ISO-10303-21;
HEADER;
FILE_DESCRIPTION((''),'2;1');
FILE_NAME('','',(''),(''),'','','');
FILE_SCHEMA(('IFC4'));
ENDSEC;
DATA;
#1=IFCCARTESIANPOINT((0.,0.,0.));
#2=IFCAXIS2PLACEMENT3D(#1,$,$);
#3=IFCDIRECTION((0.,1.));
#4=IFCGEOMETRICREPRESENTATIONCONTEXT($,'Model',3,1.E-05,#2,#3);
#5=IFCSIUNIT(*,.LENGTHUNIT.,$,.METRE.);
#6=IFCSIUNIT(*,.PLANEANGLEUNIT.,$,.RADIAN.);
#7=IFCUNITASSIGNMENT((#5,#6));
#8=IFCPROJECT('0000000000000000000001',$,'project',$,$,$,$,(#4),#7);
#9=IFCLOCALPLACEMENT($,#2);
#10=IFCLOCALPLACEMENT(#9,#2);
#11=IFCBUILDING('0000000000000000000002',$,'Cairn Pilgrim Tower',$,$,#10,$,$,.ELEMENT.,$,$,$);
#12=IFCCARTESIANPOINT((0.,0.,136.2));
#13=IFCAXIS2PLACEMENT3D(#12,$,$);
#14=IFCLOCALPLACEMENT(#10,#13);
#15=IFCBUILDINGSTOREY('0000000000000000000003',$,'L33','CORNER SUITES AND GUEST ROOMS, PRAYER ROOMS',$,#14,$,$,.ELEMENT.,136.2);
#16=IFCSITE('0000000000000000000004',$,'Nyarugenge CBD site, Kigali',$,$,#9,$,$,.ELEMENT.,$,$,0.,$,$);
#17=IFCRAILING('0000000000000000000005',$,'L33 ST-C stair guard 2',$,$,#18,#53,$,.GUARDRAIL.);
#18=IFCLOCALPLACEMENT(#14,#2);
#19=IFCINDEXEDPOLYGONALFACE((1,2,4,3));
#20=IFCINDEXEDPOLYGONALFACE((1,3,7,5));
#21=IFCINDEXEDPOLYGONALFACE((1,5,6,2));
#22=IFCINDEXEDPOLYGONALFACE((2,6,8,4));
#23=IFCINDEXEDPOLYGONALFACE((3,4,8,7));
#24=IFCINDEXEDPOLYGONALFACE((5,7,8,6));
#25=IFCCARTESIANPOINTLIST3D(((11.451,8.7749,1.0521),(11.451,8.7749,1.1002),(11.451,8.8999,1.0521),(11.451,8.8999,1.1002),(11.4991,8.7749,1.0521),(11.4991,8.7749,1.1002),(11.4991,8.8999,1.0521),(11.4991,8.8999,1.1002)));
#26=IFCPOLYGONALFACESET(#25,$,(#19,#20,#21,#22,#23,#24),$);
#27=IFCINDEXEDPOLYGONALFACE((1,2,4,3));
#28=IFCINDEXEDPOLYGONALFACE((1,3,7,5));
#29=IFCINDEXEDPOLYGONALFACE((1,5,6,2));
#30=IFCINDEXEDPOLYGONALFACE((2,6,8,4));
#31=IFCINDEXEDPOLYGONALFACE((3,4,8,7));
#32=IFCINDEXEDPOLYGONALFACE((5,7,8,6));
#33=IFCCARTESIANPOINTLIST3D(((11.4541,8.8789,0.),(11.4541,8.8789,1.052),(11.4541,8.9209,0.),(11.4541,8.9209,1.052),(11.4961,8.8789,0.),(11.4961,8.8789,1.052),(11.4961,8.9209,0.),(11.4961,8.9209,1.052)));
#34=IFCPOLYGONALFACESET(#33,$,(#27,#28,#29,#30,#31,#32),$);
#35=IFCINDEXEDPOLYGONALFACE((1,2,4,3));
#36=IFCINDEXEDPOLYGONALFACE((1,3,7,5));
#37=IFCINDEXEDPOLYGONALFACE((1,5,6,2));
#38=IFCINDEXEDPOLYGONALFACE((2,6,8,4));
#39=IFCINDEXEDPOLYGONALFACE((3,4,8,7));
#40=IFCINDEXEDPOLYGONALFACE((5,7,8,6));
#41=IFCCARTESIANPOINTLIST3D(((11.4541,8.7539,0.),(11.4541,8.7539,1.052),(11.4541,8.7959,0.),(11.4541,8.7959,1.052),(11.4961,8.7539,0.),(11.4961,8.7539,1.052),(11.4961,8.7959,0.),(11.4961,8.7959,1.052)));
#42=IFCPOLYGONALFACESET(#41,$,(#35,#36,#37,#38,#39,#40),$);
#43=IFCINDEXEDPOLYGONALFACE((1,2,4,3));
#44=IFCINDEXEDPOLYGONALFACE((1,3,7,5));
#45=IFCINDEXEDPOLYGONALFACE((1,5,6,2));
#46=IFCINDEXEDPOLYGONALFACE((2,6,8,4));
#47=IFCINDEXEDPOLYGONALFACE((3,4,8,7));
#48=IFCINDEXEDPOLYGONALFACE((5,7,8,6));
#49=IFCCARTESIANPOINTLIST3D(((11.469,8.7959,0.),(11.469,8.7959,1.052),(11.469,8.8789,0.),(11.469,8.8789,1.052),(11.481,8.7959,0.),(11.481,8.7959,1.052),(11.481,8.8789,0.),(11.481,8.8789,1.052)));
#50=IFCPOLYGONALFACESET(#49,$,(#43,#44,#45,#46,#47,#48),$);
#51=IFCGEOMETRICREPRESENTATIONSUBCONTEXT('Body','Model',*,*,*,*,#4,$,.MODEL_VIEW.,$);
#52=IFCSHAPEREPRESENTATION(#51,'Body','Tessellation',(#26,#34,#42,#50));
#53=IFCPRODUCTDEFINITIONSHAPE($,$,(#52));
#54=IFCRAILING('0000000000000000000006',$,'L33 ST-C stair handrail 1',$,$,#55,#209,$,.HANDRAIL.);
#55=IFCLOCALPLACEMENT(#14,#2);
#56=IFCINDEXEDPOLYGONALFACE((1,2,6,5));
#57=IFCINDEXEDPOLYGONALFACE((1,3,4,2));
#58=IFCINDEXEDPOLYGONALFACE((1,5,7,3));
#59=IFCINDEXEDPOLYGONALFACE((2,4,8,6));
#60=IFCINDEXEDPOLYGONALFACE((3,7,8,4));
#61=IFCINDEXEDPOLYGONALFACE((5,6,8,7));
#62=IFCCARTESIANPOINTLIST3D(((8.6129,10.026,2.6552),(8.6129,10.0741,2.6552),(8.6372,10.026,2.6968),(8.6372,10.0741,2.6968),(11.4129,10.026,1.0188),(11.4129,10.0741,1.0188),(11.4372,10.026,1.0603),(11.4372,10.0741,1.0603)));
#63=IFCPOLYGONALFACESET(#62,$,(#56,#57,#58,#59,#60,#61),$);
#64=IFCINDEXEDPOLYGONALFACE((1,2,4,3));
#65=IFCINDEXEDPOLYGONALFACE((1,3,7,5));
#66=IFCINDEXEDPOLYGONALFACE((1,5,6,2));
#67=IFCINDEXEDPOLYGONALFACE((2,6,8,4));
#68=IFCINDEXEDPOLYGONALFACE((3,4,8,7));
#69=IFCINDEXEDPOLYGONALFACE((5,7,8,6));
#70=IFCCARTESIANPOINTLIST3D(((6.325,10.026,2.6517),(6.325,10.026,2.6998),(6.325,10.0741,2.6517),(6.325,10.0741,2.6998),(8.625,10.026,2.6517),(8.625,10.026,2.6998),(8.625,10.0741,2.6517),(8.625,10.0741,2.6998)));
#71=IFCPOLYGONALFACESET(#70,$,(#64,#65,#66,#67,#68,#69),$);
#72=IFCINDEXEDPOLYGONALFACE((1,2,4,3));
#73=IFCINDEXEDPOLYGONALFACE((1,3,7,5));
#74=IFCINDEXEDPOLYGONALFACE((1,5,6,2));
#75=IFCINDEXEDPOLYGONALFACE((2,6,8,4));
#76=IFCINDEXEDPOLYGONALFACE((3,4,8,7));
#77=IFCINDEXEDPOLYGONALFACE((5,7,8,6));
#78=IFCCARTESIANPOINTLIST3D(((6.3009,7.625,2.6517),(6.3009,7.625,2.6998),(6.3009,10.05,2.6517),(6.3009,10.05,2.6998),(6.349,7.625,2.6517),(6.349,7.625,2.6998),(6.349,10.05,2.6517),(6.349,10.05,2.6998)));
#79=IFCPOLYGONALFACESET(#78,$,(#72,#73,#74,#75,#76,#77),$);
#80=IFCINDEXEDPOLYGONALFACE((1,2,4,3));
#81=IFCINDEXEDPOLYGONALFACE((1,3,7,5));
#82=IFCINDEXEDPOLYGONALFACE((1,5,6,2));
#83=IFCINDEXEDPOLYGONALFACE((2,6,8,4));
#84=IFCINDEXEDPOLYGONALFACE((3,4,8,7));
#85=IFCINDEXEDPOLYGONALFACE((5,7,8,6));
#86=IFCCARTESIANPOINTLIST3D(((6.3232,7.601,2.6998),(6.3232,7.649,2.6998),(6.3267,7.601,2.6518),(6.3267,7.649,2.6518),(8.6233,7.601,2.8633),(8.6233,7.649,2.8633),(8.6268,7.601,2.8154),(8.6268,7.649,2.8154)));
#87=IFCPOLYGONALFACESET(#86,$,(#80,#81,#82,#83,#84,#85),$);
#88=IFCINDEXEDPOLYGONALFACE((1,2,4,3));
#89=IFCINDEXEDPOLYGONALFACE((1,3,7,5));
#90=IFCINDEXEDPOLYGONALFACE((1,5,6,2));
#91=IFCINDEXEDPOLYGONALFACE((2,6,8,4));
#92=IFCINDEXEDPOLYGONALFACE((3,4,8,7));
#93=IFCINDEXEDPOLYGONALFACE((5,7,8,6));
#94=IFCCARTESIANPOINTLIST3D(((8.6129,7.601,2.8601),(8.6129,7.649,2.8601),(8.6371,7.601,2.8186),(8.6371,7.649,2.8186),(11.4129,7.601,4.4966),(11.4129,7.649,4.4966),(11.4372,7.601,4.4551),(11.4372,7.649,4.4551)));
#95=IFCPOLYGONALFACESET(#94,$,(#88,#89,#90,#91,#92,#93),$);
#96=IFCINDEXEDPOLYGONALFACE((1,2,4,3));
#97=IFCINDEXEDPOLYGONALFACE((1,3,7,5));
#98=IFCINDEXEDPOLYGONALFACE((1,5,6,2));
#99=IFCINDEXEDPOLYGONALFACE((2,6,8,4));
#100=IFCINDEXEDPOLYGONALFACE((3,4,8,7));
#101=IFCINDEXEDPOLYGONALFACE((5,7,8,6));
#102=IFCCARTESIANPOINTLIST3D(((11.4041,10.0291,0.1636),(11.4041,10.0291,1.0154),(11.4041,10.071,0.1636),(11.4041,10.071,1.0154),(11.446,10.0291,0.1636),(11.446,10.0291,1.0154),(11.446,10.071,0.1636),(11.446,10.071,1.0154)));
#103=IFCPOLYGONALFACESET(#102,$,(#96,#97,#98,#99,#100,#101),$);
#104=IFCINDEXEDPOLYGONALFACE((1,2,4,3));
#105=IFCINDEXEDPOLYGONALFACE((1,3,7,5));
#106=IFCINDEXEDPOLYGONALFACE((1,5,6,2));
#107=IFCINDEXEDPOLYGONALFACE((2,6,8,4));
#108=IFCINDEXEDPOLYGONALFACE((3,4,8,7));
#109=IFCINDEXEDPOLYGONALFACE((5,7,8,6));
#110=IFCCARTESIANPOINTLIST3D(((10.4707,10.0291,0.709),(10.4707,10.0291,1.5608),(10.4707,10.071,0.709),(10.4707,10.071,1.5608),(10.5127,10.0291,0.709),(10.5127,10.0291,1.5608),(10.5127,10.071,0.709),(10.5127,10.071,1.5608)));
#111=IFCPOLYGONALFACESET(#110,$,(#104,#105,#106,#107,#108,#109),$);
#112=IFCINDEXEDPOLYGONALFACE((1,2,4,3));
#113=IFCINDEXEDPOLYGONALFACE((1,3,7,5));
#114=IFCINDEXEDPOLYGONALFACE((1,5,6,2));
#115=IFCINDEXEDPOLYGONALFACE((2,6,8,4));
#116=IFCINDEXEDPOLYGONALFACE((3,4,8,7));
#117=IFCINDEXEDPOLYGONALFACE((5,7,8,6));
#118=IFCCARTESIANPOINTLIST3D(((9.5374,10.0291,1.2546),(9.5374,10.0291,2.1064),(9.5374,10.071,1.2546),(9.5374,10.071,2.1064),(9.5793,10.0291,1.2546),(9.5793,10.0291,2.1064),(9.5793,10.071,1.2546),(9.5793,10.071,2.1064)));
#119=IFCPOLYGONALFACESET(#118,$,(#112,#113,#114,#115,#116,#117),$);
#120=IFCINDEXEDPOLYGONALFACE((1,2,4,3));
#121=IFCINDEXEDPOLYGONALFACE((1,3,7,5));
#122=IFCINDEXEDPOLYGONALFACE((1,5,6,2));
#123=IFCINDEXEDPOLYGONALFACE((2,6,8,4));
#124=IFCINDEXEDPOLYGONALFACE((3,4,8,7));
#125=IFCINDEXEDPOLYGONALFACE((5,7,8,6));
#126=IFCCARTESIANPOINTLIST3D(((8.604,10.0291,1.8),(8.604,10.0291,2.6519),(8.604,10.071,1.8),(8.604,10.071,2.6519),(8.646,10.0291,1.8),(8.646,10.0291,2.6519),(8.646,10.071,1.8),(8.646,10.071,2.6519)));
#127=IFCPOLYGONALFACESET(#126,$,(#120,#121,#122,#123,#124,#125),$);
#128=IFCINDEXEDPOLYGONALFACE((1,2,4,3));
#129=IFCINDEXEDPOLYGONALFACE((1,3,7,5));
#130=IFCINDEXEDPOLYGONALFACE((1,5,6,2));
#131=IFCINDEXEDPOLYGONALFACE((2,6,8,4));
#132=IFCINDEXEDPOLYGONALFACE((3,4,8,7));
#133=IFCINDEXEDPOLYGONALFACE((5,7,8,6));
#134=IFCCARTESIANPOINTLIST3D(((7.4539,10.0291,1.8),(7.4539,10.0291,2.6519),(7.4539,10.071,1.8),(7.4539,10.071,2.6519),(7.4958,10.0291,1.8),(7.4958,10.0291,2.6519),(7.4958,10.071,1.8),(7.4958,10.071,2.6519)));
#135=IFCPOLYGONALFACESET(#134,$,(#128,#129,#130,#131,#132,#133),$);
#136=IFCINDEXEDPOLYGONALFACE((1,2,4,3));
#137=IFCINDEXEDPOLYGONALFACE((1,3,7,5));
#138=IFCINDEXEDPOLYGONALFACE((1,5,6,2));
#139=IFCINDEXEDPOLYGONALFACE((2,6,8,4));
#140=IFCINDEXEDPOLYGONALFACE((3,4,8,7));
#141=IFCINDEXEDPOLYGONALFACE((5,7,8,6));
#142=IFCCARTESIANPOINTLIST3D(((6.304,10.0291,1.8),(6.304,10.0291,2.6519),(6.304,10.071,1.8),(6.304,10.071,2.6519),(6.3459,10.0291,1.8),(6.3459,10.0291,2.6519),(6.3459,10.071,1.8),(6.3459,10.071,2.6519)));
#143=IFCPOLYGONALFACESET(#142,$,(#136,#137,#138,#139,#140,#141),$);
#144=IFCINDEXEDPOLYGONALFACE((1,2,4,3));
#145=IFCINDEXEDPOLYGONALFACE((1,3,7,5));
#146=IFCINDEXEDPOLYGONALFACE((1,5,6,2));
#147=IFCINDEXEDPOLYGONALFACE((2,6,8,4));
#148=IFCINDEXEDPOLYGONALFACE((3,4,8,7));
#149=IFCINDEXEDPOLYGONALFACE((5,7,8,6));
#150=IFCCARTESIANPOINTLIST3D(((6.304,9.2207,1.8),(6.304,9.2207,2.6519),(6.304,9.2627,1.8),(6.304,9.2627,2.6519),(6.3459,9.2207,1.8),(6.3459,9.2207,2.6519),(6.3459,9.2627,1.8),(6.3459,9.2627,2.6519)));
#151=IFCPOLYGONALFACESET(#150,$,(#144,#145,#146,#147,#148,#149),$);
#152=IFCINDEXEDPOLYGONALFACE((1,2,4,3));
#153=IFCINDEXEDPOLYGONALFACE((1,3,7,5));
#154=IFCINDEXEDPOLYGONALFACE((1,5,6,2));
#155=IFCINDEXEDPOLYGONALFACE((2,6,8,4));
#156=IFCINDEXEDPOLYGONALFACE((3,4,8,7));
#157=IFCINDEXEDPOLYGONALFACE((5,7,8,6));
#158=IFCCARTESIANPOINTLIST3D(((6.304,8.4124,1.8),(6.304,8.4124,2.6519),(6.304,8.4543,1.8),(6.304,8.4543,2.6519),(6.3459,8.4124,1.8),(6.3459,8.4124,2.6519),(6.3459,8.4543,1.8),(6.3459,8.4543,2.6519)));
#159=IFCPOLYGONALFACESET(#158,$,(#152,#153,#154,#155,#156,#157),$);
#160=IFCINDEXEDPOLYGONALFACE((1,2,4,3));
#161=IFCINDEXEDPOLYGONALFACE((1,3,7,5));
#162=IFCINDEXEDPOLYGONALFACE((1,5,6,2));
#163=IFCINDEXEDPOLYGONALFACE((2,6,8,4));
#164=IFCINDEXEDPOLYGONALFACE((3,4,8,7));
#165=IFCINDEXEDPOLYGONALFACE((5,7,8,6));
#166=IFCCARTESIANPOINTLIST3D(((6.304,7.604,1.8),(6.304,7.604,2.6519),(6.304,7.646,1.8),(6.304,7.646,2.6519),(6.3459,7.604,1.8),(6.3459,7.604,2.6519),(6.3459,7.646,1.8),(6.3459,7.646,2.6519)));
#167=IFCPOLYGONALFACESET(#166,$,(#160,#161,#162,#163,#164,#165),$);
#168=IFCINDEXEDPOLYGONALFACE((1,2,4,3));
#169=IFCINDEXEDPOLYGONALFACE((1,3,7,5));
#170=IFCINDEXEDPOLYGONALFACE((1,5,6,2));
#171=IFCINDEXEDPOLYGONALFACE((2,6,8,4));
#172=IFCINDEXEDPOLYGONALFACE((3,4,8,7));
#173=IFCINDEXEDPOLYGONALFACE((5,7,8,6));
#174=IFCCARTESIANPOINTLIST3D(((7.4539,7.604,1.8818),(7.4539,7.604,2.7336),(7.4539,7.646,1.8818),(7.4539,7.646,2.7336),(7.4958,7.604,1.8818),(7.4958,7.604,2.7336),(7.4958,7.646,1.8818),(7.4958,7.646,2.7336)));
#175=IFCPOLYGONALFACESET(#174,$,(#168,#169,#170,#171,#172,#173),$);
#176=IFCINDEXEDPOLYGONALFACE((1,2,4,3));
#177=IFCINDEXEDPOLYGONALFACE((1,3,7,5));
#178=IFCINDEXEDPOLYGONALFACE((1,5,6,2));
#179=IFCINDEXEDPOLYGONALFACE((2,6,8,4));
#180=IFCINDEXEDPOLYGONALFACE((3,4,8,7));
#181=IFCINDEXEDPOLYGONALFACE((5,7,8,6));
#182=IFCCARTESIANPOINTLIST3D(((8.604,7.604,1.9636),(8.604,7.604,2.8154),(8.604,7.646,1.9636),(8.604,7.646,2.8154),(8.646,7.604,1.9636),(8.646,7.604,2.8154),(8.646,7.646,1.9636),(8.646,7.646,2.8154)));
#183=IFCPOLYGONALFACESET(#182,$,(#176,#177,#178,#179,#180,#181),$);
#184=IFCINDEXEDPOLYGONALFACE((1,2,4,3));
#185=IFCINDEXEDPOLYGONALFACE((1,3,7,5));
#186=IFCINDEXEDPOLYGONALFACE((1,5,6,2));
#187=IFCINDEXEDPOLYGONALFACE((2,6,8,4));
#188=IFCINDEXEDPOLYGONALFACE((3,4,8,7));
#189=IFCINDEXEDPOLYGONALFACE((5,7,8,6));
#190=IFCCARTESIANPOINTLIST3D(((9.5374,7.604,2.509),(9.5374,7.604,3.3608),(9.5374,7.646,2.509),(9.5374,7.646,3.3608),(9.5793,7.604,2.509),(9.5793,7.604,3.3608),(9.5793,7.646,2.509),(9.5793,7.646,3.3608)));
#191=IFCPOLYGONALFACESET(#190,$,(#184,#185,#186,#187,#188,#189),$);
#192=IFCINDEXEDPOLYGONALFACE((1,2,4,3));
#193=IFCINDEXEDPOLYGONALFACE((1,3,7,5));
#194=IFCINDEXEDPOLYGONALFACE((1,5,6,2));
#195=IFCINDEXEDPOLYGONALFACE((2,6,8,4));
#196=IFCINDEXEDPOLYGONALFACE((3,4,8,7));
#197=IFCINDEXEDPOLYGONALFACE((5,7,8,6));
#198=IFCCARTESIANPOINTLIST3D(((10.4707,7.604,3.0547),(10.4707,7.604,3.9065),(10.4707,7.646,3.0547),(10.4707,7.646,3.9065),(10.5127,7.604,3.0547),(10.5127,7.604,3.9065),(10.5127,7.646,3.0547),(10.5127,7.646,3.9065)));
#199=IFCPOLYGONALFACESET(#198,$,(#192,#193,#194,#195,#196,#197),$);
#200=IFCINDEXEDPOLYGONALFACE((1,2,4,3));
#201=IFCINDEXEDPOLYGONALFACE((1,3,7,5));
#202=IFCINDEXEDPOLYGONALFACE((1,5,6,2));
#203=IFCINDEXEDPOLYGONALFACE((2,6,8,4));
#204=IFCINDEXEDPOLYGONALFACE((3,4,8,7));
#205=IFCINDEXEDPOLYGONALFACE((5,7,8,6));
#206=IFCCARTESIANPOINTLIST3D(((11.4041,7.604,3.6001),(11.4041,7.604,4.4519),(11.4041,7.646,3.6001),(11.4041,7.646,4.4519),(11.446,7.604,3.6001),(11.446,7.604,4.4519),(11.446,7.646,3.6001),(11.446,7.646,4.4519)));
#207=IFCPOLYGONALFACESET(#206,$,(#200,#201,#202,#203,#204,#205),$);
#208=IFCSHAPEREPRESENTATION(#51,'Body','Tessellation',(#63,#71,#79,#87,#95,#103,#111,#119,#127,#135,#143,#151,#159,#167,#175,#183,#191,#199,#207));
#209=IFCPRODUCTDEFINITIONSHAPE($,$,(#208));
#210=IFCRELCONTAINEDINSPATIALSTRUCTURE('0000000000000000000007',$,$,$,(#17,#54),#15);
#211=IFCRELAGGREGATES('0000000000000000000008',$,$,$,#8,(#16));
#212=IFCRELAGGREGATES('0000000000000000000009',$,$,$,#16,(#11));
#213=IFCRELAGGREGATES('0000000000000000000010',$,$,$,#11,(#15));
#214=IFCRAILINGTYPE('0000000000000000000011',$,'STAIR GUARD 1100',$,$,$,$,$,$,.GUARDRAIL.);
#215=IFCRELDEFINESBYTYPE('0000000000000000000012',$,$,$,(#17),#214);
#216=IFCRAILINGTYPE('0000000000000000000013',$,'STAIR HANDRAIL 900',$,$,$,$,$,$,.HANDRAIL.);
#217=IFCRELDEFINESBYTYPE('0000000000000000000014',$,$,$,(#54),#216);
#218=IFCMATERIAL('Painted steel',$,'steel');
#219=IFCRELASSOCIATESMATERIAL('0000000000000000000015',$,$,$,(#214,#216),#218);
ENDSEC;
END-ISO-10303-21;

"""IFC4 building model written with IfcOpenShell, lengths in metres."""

from ifc_helpers import new_model, si_unit, direction, frame, origin, origin_2d, place, context, subcontext, project, spatial, polyline, rectangle, outline, extrude, material, type_object, element, save


model = new_model("IFC4")

# Units and contexts
model_context = context("Model", 3, precision=1e-05, world=origin(), true_north=direction((0.0, 1.0)))
body_context = subcontext(model_context, "Body", "Model", "MODEL_VIEW")
ifc_project = project(units=[si_unit("LENGTHUNIT", "METRE"), si_unit("PLANEANGLEUNIT", "RADIAN")], contexts=[model_context])

# Site, building, storey
site_placement = place(None, origin())
site = spatial("IfcSite", under=ifc_project, at=site_placement, Name="Nyarugenge CBD site, Kigali", CompositionType="ELEMENT", RefElevation=0.0)
building_placement = place(site_placement, origin())
building = spatial("IfcBuilding", under=site, at=building_placement, Name="Cairn Pilgrim Tower", CompositionType="ELEMENT")
storey_placement = place(building_placement, frame((0.0, 0.0, 136.2)))
storey = spatial("IfcBuildingStorey", under=building, at=storey_placement, Name="L33", Description="CORNER SUITES AND GUEST ROOMS, PRAYER ROOMS", CompositionType="ELEMENT", Elevation=136.2)

# Shared definitions
ifc_material_1 = material(Name="Painted steel", Category="steel")

# Railings
railing_type_1 = type_object("IfcRailingType", Name="STAIR GUARD 1100", PredefinedType="GUARDRAIL", material=ifc_material_1)
railing_1_placement = place(storey_placement, frame((11.4751, 8.8999, 0.0)))
element("IfcRailing", 1, at=railing_1_placement, inside=storey, type_object=railing_type_1, Name="L33 ST-C stair guard 2", PredefinedType="GUARDRAIL", context=body_context, shape_type="SweptSolid", body=[
    extrude(rectangle(XDim=0.0481, YDim=0.0481, at=origin_2d()), frame((0.0, 0.0, 1.0762), z_axis=(0.0, -1.0, 0.0), x_axis=(1.0, 0.0, 0.0)), (0.0, 0.0, 1.0), 0.125),
    extrude(rectangle(XDim=0.042, YDim=0.042, at=origin_2d()), origin(), (0.0, 0.0, 1.0), 1.052),
    extrude(rectangle(XDim=0.042, YDim=0.042, at=origin_2d()), frame((0.0, -0.125, 0.0)), (0.0, 0.0, 1.0), 1.052),
    extrude(outline(polyline([(0.021, 0.0), (0.104, 0.0), (0.104, 1.052), (0.021, 1.052), (0.021, 0.0)])), frame((0.0059, 0.0, 0.0), z_axis=(-1.0, 0.0, 0.0), x_axis=(0.0, -1.0, 0.0)), (0.0, 0.0, 1.0), 0.012),
])
railing_type_2 = type_object("IfcRailingType", Name="STAIR HANDRAIL 900", PredefinedType="HANDRAIL", material=ifc_material_1)
railing_2_placement = place(storey_placement, frame((11.425, 10.05, 0.1636)))
element("IfcRailing", 2, at=railing_2_placement, inside=storey, type_object=railing_type_2, Name="L33 ST-C stair handrail 1", PredefinedType="HANDRAIL", context=body_context, shape_type="SweptSolid", body=[
    extrude(rectangle(XDim=0.0481, YDim=0.0481, at=origin_2d()), frame((0.0, 0.0, 0.876), z_axis=(-0.863361, 0.0, 0.504587), x_axis=(0.0, -1.0, 0.0)), (0.0, 0.0, 1.0), 3.2432),
    extrude(rectangle(XDim=0.0481, YDim=0.0481, at=origin_2d()), frame((-2.8, 0.0, 2.5122), z_axis=(-1.0, 0.0, 0.0), x_axis=(0.0, -1.0, 0.0)), (0.0, 0.0, 1.0), 2.3),
    extrude(rectangle(XDim=0.0481, YDim=0.0481, at=origin_2d()), frame((-5.1001, 0.0, 2.5122), z_axis=(0.0, -1.0, 0.0), x_axis=(1.0, 0.0, 0.0)), (0.0, 0.0, 1.0), 2.425),
    extrude(rectangle(XDim=0.0481, YDim=0.0481, at=origin_2d()), frame((-5.1001, -2.425, 2.5122), z_axis=(0.997481, 0.0, 0.070939), x_axis=(0.0, 1.0, 0.0)), (0.0, 0.0, 1.0), 2.3059),
    extrude(rectangle(XDim=0.0481, YDim=0.0481, at=origin_2d()), frame((-2.8, -2.425, 2.6758), z_axis=(0.863361, 0.0, 0.504587), x_axis=(0.0, 1.0, 0.0)), (0.0, 0.0, 1.0), 3.2432),
    extrude(rectangle(XDim=0.042, YDim=0.042, at=origin_2d()), origin(), (0.0, 0.0, 1.0), 0.8518),
    extrude(rectangle(XDim=0.042, YDim=0.042, at=origin_2d()), frame((-0.9333, 0.0, 0.5454)), (0.0, 0.0, 1.0), 0.8518),
    extrude(rectangle(XDim=0.042, YDim=0.042, at=origin_2d()), frame((-1.8667, 0.0, 1.0911)), (0.0, 0.0, 1.0), 0.8518),
    extrude(rectangle(XDim=0.042, YDim=0.042, at=origin_2d()), frame((-2.8, 0.0, 1.6365)), (0.0, 0.0, 1.0), 0.8518),
    extrude(rectangle(XDim=0.042, YDim=0.042, at=origin_2d()), frame((-3.9502, 0.0, 1.6365)), (0.0, 0.0, 1.0), 0.8518),
    extrude(rectangle(XDim=0.042, YDim=0.042, at=origin_2d()), frame((-5.1001, 0.0, 1.6365)), (0.0, 0.0, 1.0), 0.8518),
    extrude(rectangle(XDim=0.042, YDim=0.042, at=origin_2d()), frame((-5.1001, -0.8083, 1.6365)), (0.0, 0.0, 1.0), 0.8518),
    extrude(rectangle(XDim=0.042, YDim=0.042, at=origin_2d()), frame((-5.1001, -1.6167, 1.6365)), (0.0, 0.0, 1.0), 0.8518),
    extrude(rectangle(XDim=0.042, YDim=0.042, at=origin_2d()), frame((-5.1001, -2.425, 1.6365)), (0.0, 0.0, 1.0), 0.8518),
    extrude(rectangle(XDim=0.042, YDim=0.042, at=origin_2d()), frame((-3.9502, -2.425, 1.7183)), (0.0, 0.0, 1.0), 0.8518),
    extrude(rectangle(XDim=0.042, YDim=0.042, at=origin_2d()), frame((-2.8, -2.425, 1.8)), (0.0, 0.0, 1.0), 0.8518),
    extrude(rectangle(XDim=0.042, YDim=0.042, at=origin_2d()), frame((-1.8667, -2.425, 2.3455)), (0.0, 0.0, 1.0), 0.8518),
    extrude(rectangle(XDim=0.042, YDim=0.042, at=origin_2d()), frame((-0.9333, -2.425, 2.8911)), (0.0, 0.0, 1.0), 0.8518),
    extrude(rectangle(XDim=0.042, YDim=0.042, at=origin_2d()), frame((0.0, -2.425, 3.4365)), (0.0, 0.0, 1.0), 0.8518),
])

save(model, "model.ifc")
